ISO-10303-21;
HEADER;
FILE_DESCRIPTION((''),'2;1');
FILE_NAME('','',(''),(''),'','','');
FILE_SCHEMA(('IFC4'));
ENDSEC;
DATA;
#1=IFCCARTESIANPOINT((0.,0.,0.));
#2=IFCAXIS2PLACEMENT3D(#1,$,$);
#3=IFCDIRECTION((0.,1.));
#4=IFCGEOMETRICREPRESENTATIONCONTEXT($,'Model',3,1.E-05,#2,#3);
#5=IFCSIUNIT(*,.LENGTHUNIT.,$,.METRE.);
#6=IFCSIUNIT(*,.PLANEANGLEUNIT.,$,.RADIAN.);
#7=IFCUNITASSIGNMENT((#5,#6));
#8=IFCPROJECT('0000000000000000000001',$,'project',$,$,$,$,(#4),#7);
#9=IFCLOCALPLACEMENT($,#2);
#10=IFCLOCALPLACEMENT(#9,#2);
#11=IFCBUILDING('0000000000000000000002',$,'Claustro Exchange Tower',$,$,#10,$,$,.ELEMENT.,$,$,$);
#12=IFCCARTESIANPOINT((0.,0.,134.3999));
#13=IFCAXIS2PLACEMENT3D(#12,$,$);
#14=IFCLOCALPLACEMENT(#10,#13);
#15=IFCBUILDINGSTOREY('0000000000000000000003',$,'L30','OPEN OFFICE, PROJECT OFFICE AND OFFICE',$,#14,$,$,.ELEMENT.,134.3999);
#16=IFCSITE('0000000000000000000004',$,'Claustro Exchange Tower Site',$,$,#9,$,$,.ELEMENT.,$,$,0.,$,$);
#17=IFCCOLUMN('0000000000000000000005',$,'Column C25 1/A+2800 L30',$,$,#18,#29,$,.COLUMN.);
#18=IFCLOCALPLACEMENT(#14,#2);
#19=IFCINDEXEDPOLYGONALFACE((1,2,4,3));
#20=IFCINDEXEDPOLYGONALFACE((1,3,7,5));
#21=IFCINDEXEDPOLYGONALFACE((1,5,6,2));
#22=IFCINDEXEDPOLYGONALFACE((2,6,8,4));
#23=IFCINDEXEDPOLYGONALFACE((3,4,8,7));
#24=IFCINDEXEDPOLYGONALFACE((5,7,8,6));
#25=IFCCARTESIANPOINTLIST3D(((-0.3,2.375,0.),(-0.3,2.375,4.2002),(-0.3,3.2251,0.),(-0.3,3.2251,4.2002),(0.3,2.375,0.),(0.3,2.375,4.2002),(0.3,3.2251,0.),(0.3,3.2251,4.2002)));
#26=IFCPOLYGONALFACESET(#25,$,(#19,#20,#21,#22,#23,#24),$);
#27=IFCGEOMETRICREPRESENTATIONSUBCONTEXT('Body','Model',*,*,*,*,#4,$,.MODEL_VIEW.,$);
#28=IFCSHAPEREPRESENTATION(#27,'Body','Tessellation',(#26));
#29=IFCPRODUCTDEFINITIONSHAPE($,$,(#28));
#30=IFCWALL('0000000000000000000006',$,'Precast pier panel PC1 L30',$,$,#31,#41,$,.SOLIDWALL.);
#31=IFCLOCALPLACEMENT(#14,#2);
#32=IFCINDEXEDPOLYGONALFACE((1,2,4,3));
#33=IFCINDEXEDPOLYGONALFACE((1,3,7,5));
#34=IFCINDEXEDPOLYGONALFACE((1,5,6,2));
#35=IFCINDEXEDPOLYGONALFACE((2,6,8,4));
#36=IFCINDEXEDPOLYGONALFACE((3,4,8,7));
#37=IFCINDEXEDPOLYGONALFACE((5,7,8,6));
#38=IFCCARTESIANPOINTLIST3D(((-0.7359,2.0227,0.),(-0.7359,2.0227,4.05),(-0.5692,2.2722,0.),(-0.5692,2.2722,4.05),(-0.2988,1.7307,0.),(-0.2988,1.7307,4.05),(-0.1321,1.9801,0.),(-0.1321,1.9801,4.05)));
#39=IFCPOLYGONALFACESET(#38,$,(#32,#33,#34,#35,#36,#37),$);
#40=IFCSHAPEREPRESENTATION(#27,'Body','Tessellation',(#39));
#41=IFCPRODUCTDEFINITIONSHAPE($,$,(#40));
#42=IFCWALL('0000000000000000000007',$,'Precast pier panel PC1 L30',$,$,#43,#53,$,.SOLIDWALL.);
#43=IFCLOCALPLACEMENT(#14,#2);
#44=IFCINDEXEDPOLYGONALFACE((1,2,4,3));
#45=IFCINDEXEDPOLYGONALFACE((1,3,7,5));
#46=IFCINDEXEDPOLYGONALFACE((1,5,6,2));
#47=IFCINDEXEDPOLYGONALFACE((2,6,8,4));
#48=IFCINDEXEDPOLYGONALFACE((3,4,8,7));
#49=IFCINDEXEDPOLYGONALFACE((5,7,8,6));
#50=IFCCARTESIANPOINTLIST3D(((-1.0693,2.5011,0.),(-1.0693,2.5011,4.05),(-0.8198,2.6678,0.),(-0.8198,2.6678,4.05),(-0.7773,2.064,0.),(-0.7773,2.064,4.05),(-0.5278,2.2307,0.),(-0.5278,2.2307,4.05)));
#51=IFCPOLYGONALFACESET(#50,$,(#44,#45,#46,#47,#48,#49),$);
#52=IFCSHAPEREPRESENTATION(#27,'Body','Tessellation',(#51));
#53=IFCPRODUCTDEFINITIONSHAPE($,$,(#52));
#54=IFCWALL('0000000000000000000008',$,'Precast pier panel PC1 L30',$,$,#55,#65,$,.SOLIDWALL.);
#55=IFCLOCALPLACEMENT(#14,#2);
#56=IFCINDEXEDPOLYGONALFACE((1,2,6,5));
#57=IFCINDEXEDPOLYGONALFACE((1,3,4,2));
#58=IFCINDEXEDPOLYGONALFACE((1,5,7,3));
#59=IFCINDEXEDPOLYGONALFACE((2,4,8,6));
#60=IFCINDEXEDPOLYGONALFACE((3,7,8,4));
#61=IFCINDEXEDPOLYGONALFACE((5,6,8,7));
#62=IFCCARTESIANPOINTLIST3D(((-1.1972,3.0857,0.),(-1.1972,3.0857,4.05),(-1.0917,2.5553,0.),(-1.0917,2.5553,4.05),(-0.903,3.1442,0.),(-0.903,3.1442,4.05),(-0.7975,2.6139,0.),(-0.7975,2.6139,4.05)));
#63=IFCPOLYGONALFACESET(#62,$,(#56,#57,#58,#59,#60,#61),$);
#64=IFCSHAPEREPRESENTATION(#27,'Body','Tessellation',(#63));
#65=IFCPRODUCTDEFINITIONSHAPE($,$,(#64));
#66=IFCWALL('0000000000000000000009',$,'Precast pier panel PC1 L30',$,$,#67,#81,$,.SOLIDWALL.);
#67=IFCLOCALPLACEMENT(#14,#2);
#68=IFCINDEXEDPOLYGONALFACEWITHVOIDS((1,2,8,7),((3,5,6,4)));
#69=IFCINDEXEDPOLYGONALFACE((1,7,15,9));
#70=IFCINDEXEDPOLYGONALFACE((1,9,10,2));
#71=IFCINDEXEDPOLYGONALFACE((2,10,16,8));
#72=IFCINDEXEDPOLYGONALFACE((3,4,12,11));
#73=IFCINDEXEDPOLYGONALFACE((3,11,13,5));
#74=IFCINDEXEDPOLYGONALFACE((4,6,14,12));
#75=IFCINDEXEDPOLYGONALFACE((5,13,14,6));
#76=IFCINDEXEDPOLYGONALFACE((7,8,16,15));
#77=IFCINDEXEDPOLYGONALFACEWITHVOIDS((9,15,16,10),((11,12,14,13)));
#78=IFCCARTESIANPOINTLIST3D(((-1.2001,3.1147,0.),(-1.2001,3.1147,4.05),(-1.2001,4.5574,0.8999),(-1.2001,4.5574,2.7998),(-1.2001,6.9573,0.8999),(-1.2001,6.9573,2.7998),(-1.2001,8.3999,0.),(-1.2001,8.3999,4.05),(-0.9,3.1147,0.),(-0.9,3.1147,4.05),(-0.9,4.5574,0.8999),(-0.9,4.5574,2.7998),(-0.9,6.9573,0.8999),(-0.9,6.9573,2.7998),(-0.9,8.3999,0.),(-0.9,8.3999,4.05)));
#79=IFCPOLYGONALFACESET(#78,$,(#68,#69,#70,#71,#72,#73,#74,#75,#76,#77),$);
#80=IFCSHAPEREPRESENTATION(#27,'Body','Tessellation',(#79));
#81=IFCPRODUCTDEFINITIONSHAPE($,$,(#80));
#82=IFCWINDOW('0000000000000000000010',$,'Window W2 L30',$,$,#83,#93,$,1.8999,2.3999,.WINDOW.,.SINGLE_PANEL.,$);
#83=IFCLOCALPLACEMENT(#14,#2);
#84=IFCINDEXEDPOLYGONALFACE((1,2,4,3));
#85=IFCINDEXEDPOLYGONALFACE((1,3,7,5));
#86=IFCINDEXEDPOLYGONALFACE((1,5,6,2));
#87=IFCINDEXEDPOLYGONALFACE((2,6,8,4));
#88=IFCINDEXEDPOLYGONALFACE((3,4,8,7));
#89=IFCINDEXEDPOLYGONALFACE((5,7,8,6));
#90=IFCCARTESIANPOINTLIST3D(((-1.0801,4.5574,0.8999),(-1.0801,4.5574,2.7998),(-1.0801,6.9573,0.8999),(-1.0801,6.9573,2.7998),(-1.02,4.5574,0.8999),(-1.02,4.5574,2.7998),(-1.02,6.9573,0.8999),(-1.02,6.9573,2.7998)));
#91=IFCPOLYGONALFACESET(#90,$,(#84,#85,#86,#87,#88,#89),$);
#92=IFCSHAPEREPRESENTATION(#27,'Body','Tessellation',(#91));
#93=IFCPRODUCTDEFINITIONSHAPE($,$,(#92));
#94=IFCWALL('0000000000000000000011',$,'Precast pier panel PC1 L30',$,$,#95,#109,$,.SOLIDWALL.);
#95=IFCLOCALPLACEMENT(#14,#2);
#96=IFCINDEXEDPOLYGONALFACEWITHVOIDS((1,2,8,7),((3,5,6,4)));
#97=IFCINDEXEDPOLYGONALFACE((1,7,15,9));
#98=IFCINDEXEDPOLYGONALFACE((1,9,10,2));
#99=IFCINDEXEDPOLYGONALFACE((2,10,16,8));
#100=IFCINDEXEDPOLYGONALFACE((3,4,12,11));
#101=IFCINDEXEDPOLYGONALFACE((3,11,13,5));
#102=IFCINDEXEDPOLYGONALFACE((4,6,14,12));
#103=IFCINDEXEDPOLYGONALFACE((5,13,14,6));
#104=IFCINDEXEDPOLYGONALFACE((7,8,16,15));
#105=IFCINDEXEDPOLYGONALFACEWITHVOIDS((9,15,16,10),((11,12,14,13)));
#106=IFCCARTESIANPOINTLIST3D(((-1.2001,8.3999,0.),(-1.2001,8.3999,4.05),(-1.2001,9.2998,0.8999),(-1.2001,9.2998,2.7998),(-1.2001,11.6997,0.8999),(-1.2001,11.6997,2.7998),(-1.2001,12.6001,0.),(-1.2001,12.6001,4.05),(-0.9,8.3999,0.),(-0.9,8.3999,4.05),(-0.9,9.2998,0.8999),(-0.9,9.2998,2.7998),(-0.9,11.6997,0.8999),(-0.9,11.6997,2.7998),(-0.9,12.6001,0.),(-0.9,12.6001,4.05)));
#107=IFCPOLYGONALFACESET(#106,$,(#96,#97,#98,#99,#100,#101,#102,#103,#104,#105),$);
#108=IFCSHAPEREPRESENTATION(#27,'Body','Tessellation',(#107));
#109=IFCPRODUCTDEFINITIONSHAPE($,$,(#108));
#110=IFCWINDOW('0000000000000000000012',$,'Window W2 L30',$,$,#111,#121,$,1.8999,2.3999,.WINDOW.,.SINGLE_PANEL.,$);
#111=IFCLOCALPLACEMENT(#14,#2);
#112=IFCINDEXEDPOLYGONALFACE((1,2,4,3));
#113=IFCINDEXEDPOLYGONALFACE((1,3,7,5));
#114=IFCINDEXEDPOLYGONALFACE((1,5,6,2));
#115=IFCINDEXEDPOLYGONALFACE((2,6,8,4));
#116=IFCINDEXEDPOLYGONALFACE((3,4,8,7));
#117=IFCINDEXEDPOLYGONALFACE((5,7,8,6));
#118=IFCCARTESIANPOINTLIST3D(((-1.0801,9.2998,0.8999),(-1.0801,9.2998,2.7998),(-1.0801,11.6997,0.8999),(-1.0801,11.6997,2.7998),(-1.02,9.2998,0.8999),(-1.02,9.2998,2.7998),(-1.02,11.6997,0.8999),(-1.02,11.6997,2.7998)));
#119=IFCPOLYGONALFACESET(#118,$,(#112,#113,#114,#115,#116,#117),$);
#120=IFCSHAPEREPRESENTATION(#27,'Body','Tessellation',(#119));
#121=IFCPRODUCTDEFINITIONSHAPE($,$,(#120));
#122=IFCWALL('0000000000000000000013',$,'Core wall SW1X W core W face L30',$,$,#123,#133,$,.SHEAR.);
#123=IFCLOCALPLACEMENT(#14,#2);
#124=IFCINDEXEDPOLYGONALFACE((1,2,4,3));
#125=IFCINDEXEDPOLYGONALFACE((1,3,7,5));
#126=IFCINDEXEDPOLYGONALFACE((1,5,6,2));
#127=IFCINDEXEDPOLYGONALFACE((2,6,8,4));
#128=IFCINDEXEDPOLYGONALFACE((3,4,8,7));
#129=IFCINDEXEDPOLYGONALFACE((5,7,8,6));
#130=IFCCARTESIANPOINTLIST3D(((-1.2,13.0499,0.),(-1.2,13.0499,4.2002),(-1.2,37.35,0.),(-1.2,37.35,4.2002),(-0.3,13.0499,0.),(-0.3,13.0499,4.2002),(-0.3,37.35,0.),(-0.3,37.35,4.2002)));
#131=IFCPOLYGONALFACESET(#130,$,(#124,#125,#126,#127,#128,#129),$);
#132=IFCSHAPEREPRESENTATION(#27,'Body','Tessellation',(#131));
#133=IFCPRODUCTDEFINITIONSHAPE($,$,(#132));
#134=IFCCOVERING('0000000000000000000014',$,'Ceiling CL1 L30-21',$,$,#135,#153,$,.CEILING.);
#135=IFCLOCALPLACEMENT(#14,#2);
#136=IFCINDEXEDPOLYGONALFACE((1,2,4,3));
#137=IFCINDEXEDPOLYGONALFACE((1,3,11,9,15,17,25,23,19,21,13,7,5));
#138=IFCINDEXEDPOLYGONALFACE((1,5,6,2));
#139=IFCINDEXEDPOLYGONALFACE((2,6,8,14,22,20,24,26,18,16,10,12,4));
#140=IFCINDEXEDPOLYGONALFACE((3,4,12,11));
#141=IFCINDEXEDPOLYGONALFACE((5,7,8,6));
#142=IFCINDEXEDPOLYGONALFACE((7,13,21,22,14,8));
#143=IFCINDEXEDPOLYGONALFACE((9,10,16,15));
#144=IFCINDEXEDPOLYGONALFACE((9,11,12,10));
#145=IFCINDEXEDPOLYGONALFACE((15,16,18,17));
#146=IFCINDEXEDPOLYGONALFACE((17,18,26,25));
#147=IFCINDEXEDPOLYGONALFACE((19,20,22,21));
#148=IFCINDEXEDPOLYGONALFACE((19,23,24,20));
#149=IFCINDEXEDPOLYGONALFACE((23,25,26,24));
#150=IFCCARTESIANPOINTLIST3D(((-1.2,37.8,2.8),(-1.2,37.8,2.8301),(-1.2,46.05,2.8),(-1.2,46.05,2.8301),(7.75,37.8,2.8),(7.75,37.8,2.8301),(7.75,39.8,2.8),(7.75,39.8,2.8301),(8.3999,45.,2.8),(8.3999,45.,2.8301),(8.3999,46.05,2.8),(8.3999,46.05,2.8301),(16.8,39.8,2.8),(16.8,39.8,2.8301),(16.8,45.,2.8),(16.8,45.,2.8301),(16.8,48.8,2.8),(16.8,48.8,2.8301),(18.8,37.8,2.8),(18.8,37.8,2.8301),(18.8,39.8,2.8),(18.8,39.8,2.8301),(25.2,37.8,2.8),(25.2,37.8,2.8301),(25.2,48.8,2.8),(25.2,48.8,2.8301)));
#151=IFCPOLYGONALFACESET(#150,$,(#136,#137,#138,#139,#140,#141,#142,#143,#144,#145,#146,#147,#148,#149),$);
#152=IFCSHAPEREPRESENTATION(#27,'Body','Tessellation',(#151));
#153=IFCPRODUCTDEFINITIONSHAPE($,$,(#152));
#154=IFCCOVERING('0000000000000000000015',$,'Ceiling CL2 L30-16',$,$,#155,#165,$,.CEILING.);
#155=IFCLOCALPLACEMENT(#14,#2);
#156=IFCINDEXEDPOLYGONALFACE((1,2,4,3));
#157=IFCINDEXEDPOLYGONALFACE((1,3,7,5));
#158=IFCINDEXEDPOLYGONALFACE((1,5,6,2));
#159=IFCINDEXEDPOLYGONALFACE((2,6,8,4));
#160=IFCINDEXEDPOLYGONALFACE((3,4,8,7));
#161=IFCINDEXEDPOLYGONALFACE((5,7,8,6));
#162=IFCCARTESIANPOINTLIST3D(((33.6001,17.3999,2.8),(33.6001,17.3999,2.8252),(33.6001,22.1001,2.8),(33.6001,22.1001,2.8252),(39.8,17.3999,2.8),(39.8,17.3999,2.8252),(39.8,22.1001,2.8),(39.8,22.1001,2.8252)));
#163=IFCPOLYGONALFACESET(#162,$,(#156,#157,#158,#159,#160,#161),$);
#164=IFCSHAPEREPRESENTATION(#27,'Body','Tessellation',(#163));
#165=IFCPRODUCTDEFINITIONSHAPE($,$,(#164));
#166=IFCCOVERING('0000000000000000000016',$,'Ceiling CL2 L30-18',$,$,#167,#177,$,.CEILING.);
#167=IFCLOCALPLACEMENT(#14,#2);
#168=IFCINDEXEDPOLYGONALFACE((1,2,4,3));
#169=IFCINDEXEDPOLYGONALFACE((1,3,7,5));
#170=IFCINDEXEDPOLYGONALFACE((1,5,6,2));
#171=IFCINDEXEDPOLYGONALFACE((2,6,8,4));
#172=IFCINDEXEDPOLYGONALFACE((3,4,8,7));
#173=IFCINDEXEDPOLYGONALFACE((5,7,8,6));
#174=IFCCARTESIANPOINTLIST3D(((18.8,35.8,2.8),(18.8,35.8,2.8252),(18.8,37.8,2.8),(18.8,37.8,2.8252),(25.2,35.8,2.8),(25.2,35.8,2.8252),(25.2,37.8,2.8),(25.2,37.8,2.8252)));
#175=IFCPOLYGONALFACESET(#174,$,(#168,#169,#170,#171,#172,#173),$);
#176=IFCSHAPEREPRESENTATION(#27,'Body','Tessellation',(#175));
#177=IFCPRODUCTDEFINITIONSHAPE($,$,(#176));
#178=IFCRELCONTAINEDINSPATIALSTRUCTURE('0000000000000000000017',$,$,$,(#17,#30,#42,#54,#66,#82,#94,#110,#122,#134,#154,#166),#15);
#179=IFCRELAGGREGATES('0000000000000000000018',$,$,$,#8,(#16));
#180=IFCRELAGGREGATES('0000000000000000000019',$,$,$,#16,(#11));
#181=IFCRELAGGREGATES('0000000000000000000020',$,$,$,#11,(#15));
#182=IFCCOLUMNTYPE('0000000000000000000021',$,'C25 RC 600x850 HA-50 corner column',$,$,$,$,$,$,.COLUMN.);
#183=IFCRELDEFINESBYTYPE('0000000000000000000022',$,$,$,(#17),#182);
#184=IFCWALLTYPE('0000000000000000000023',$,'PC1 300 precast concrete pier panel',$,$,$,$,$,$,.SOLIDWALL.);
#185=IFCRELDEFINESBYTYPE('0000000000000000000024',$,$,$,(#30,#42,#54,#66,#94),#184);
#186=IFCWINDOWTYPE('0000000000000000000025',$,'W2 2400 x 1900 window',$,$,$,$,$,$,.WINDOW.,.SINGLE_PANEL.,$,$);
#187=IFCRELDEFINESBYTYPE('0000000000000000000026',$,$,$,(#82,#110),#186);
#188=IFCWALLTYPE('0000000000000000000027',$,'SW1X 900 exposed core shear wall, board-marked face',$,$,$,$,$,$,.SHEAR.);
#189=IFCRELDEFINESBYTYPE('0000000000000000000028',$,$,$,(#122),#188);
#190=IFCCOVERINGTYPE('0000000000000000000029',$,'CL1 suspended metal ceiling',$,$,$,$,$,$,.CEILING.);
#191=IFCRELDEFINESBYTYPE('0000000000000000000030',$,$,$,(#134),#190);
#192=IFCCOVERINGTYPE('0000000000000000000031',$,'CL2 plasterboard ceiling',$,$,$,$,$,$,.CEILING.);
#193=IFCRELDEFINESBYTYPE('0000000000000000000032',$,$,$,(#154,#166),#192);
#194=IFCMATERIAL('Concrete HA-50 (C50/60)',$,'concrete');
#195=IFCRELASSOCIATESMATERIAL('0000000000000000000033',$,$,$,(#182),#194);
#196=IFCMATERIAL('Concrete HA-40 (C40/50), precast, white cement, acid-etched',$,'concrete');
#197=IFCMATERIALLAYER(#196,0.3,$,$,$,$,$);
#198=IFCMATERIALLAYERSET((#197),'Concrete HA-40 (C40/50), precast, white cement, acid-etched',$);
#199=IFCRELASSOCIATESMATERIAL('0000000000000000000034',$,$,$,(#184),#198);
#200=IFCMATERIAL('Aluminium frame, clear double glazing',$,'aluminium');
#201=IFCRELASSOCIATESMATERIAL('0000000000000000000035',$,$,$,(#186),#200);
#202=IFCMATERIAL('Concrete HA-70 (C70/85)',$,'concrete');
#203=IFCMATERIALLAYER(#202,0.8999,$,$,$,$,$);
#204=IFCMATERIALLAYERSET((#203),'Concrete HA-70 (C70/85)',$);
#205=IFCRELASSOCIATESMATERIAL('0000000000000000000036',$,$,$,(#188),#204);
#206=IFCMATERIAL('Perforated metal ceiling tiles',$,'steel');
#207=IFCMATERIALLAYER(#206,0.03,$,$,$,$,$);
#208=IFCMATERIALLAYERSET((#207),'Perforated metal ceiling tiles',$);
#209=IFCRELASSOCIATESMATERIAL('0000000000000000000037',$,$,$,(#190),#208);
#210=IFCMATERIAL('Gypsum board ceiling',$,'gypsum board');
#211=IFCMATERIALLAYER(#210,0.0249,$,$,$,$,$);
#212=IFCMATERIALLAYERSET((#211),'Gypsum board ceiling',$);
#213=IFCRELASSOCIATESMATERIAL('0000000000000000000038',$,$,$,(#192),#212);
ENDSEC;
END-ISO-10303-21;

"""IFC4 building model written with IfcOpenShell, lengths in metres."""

from ifc_helpers import new_model, si_unit, direction, frame, frame_2d, origin, origin_2d, place, context, subcontext, project, spatial, polyline, rectangle, outline, extrude, material, layer, layer_set, material_profile, profile_set, type_object, element, fill, save


model = new_model("IFC4")

# Units and contexts
model_context = context("Model", 3, precision=1e-05, world=origin(), true_north=direction((0.0, 1.0)))
body_context = subcontext(model_context, "Body", "Model", "MODEL_VIEW")
ifc_project = project(units=[si_unit("LENGTHUNIT", "METRE"), si_unit("PLANEANGLEUNIT", "RADIAN")], contexts=[model_context])

# Site, building, storey
site_placement = place(None, origin())
site = spatial("IfcSite", under=ifc_project, at=site_placement, Name="Claustro Exchange Tower Site", CompositionType="ELEMENT", RefElevation=0.0)
building_placement = place(site_placement, origin())
building = spatial("IfcBuilding", under=site, at=building_placement, Name="Claustro Exchange Tower", CompositionType="ELEMENT")
storey_placement = place(building_placement, frame((0.0, 0.0, 134.3999)))
storey = spatial("IfcBuildingStorey", under=building, at=storey_placement, Name="L30", Description="OPEN OFFICE, PROJECT OFFICE AND OFFICE", CompositionType="ELEMENT", Elevation=134.3999)

# Column
ifc_material_1 = material(Name="Concrete HA-50 (C50/60)", Category="concrete")
ifc_material_profile = material_profile(ifc_material_1, rectangle(XDim=0.6001, YDim=0.8501, at=origin_2d()), Name="RC 600x850")
ifc_profile_set = profile_set([ifc_material_profile], Name="Concrete HA-50 (C50/60)")
column_type = type_object("IfcColumnType", Name="C25 RC 600x850 HA-50 corner column", PredefinedType="COLUMN", material=ifc_profile_set)
column_placement = place(storey_placement, frame((0.0, 2.8, 0.0), z_axis=(0.0, 0.0, 1.0), x_axis=(1.0, 0.0, 0.0)))
element("IfcColumn", 1, at=column_placement, inside=storey, type_object=column_type, Name="Column C25 1/A+2800 L30", PredefinedType="COLUMN", context=body_context, shape_type="SweptSolid", body=[
    extrude(rectangle(XDim=0.6001, YDim=0.8501, at=origin_2d()), origin(), (0.0, 0.0, 1.0), 4.2002),
])

# Walls
ifc_material_2 = material(Name="Concrete HA-40 (C40/50), precast, white cement, acid-etched", Category="concrete")
ifc_layer_1 = layer(ifc_material_2, 0.3)
ifc_layer_set_1 = layer_set([ifc_layer_1], Name="Concrete HA-40 (C40/50), precast, white cement, acid-etched")
wall_type_1 = type_object("IfcWallType", Name="PC1 300 precast concrete pier panel", PredefinedType="SOLIDWALL", material=ifc_layer_set_1)
for number, where, z_axis, x_axis, name in (
    (2, (-0.2156, 1.8555, 0.0), (0.0, 0.0, 1.0), (-0.831478, 0.555557, 0.0), "Precast pier panel PC1 L30"),
    (3, (-0.6526, 2.1475, 0.0), (0.0, 0.0, 1.0), (-0.555557, 0.831478, 0.0), "Precast pier panel PC1 L30"),
):
    element("IfcWall", number, at=place(storey_placement, frame(where, z_axis=z_axis, x_axis=x_axis)), inside=storey, type_object=wall_type_1, Name=name, PredefinedType="SOLIDWALL", context=body_context, shape_type="SweptSolid", body=[
        extrude(rectangle(XDim=0.5256, YDim=0.3, at=frame_2d((0.2627, 0.0))), origin(), (0.0, 0.0, 1.0), 4.05),
    ])
wall_1_placement = place(storey_placement, frame((-0.9446, 2.5845, 0.0), z_axis=(0.0, 0.0, 1.0), x_axis=(-0.195074, 0.980789, 0.0)))
element("IfcWall", 4, at=wall_1_placement, inside=storey, type_object=wall_type_1, Name="Precast pier panel PC1 L30", PredefinedType="SOLIDWALL", context=body_context, shape_type="SweptSolid", body=[
    extrude(rectangle(XDim=0.5408, YDim=0.3, at=frame_2d((0.2705, 0.0))), origin(), (0.0, 0.0, 1.0), 4.05),
])

# Walls, openings, windows
wall_2_placement = place(storey_placement, frame((-1.05, 3.1147, 0.0), z_axis=(0.0, 0.0, 1.0), x_axis=(0.0, 1.0, 0.0)))
wall_2 = element("IfcWall", 5, at=wall_2_placement, inside=storey, type_object=wall_type_1, Name="Precast pier panel PC1 L30", PredefinedType="SOLIDWALL", context=body_context, shape_type="SweptSolid", body=[
    extrude(rectangle(XDim=5.2852, YDim=0.3, at=frame_2d((2.6426, 0.0))), origin(), (0.0, 0.0, 1.0), 4.05),
])
opening_1_placement = place(wall_2_placement, frame((1.4426, 0.0, 0.8999)))
opening_1 = element("IfcOpeningElement", 6, at=opening_1_placement, cuts=wall_2, PredefinedType="OPENING", context=body_context, shape_type="SweptSolid", body=[
    extrude(rectangle(XDim=2.3999, YDim=1.8999, at=frame_2d((1.2, 0.95))), frame((0.0, 0.1599, 0.0), z_axis=(0.0, -1.0, 0.0), x_axis=(1.0, 0.0, 0.0)), (0.0, 0.0, 1.0), 0.3201),
])
ifc_material_3 = material(Name="Aluminium frame, clear double glazing", Category="aluminium")
window_type = type_object("IfcWindowType", Name="W2 2400 x 1900 window", PartitioningType="SINGLE_PANEL", PredefinedType="WINDOW", material=ifc_material_3)
window_1_placement = place(opening_1_placement, origin())
window_1 = element("IfcWindow", 7, at=window_1_placement, inside=storey, type_object=window_type, Name="Window W2 L30", OverallHeight=1.8999, OverallWidth=2.3999, PartitioningType="SINGLE_PANEL", PredefinedType="WINDOW", context=body_context, shape_type="SweptSolid", body=[
    extrude(rectangle(XDim=2.3999, YDim=1.8999, at=frame_2d((1.2, 0.95))), frame((0.0, 0.03, 0.0), z_axis=(0.0, -1.0, 0.0), x_axis=(1.0, 0.0, 0.0)), (0.0, 0.0, 1.0), 0.0601),
])
fill(opening_1, window_1)
wall_3_placement = place(storey_placement, frame((-1.05, 8.3999, 0.0), z_axis=(0.0, 0.0, 1.0), x_axis=(0.0, 1.0, 0.0)))
wall_3 = element("IfcWall", 8, at=wall_3_placement, inside=storey, type_object=wall_type_1, Name="Precast pier panel PC1 L30", PredefinedType="SOLIDWALL", context=body_context, shape_type="SweptSolid", body=[
    extrude(rectangle(XDim=4.2002, YDim=0.3, at=frame_2d((2.1001, 0.0))), origin(), (0.0, 0.0, 1.0), 4.05),
])
opening_2_placement = place(wall_3_placement, frame((0.8999, 0.0, 0.8999)))
opening_2 = element("IfcOpeningElement", 9, at=opening_2_placement, cuts=wall_3, PredefinedType="OPENING", context=body_context, shape_type="SweptSolid", body=[
    extrude(rectangle(XDim=2.3999, YDim=1.8999, at=frame_2d((1.2, 0.95))), frame((0.0, 0.1599, 0.0), z_axis=(0.0, -1.0, 0.0), x_axis=(1.0, 0.0, 0.0)), (0.0, 0.0, 1.0), 0.3201),
])
window_2_placement = place(opening_2_placement, origin())
window_2 = element("IfcWindow", 10, at=window_2_placement, inside=storey, type_object=window_type, Name="Window W2 L30", OverallHeight=1.8999, OverallWidth=2.3999, PartitioningType="SINGLE_PANEL", PredefinedType="WINDOW", context=body_context, shape_type="SweptSolid", body=[
    extrude(rectangle(XDim=2.3999, YDim=1.8999, at=frame_2d((1.2, 0.95))), frame((0.0, 0.03, 0.0), z_axis=(0.0, -1.0, 0.0), x_axis=(1.0, 0.0, 0.0)), (0.0, 0.0, 1.0), 0.0601),
])
fill(opening_2, window_2)

# Wall
ifc_material_4 = material(Name="Concrete HA-70 (C70/85)", Category="concrete")
ifc_layer_2 = layer(ifc_material_4, 0.8999)
ifc_layer_set_2 = layer_set([ifc_layer_2], Name="Concrete HA-70 (C70/85)")
wall_type_2 = type_object("IfcWallType", Name="SW1X 900 exposed core shear wall, board-marked face", PredefinedType="SHEAR", material=ifc_layer_set_2)
wall_4_placement = place(storey_placement, frame((-0.75, 13.05, 0.0), z_axis=(0.0, 0.0, 1.0), x_axis=(0.0, 1.0, 0.0)))
element("IfcWall", 11, at=wall_4_placement, inside=storey, type_object=wall_type_2, Name="Core wall SW1X W core W face L30", PredefinedType="SHEAR", context=body_context, shape_type="SweptSolid", body=[
    extrude(rectangle(XDim=24.3, YDim=0.8999, at=frame_2d((12.1499, 0.0))), origin(), (0.0, 0.0, 1.0), 4.2002),
])

# Coverings
ifc_material_5 = material(Name="Perforated metal ceiling tiles", Category="steel")
ifc_layer_3 = layer(ifc_material_5, 0.03)
ifc_layer_set_3 = layer_set([ifc_layer_3], Name="Perforated metal ceiling tiles")
covering_type_1 = type_object("IfcCoveringType", Name="CL1 suspended metal ceiling", PredefinedType="CEILING", material=ifc_layer_set_3)
covering_1_placement = place(storey_placement, frame((0.0, 0.0, 2.8)))
element("IfcCovering", 12, at=covering_1_placement, inside=storey, type_object=covering_type_1, Name="Ceiling CL1 L30-21", PredefinedType="CEILING", context=body_context, shape_type="SweptSolid", body=[
    extrude(outline(polyline([(-1.2, 46.05), (-1.2, 37.8), (7.75, 37.8), (7.75, 39.8), (16.8, 39.8), (18.8, 39.8), (18.8, 37.8), (25.2, 37.8), (25.2, 48.8), (16.8, 48.8), (16.8, 45.0), (8.3999, 45.0), (8.3999, 46.05), (-1.2, 46.05)])), origin(), (0.0, 0.0, 1.0), 0.03),
])
ifc_material_6 = material(Name="Gypsum board ceiling", Category="gypsum board")
ifc_layer_4 = layer(ifc_material_6, 0.0249)
ifc_layer_set_4 = layer_set([ifc_layer_4], Name="Gypsum board ceiling")
covering_type_2 = type_object("IfcCoveringType", Name="CL2 plasterboard ceiling", PredefinedType="CEILING", material=ifc_layer_set_4)
covering_2_placement = place(storey_placement, frame((0.0, 0.0, 2.8)))
element("IfcCovering", 13, at=covering_2_placement, inside=storey, type_object=covering_type_2, Name="Ceiling CL2 L30-16", PredefinedType="CEILING", context=body_context, shape_type="SweptSolid", body=[
    extrude(outline(polyline([(39.8, 17.3999), (39.8, 22.1001), (33.6001, 22.1001), (33.6001, 17.3999), (39.8, 17.3999)])), origin(), (0.0, 0.0, 1.0), 0.0251),
])
covering_3_placement = place(storey_placement, frame((0.0, 0.0, 2.8)))
element("IfcCovering", 14, at=covering_3_placement, inside=storey, type_object=covering_type_2, Name="Ceiling CL2 L30-18", PredefinedType="CEILING", context=body_context, shape_type="SweptSolid", body=[
    extrude(outline(polyline([(18.8, 35.8), (25.2, 35.8), (25.2, 37.8), (18.8, 37.8), (18.8, 35.8)])), origin(), (0.0, 0.0, 1.0), 0.0251),
])

save(model, "model.ifc")
